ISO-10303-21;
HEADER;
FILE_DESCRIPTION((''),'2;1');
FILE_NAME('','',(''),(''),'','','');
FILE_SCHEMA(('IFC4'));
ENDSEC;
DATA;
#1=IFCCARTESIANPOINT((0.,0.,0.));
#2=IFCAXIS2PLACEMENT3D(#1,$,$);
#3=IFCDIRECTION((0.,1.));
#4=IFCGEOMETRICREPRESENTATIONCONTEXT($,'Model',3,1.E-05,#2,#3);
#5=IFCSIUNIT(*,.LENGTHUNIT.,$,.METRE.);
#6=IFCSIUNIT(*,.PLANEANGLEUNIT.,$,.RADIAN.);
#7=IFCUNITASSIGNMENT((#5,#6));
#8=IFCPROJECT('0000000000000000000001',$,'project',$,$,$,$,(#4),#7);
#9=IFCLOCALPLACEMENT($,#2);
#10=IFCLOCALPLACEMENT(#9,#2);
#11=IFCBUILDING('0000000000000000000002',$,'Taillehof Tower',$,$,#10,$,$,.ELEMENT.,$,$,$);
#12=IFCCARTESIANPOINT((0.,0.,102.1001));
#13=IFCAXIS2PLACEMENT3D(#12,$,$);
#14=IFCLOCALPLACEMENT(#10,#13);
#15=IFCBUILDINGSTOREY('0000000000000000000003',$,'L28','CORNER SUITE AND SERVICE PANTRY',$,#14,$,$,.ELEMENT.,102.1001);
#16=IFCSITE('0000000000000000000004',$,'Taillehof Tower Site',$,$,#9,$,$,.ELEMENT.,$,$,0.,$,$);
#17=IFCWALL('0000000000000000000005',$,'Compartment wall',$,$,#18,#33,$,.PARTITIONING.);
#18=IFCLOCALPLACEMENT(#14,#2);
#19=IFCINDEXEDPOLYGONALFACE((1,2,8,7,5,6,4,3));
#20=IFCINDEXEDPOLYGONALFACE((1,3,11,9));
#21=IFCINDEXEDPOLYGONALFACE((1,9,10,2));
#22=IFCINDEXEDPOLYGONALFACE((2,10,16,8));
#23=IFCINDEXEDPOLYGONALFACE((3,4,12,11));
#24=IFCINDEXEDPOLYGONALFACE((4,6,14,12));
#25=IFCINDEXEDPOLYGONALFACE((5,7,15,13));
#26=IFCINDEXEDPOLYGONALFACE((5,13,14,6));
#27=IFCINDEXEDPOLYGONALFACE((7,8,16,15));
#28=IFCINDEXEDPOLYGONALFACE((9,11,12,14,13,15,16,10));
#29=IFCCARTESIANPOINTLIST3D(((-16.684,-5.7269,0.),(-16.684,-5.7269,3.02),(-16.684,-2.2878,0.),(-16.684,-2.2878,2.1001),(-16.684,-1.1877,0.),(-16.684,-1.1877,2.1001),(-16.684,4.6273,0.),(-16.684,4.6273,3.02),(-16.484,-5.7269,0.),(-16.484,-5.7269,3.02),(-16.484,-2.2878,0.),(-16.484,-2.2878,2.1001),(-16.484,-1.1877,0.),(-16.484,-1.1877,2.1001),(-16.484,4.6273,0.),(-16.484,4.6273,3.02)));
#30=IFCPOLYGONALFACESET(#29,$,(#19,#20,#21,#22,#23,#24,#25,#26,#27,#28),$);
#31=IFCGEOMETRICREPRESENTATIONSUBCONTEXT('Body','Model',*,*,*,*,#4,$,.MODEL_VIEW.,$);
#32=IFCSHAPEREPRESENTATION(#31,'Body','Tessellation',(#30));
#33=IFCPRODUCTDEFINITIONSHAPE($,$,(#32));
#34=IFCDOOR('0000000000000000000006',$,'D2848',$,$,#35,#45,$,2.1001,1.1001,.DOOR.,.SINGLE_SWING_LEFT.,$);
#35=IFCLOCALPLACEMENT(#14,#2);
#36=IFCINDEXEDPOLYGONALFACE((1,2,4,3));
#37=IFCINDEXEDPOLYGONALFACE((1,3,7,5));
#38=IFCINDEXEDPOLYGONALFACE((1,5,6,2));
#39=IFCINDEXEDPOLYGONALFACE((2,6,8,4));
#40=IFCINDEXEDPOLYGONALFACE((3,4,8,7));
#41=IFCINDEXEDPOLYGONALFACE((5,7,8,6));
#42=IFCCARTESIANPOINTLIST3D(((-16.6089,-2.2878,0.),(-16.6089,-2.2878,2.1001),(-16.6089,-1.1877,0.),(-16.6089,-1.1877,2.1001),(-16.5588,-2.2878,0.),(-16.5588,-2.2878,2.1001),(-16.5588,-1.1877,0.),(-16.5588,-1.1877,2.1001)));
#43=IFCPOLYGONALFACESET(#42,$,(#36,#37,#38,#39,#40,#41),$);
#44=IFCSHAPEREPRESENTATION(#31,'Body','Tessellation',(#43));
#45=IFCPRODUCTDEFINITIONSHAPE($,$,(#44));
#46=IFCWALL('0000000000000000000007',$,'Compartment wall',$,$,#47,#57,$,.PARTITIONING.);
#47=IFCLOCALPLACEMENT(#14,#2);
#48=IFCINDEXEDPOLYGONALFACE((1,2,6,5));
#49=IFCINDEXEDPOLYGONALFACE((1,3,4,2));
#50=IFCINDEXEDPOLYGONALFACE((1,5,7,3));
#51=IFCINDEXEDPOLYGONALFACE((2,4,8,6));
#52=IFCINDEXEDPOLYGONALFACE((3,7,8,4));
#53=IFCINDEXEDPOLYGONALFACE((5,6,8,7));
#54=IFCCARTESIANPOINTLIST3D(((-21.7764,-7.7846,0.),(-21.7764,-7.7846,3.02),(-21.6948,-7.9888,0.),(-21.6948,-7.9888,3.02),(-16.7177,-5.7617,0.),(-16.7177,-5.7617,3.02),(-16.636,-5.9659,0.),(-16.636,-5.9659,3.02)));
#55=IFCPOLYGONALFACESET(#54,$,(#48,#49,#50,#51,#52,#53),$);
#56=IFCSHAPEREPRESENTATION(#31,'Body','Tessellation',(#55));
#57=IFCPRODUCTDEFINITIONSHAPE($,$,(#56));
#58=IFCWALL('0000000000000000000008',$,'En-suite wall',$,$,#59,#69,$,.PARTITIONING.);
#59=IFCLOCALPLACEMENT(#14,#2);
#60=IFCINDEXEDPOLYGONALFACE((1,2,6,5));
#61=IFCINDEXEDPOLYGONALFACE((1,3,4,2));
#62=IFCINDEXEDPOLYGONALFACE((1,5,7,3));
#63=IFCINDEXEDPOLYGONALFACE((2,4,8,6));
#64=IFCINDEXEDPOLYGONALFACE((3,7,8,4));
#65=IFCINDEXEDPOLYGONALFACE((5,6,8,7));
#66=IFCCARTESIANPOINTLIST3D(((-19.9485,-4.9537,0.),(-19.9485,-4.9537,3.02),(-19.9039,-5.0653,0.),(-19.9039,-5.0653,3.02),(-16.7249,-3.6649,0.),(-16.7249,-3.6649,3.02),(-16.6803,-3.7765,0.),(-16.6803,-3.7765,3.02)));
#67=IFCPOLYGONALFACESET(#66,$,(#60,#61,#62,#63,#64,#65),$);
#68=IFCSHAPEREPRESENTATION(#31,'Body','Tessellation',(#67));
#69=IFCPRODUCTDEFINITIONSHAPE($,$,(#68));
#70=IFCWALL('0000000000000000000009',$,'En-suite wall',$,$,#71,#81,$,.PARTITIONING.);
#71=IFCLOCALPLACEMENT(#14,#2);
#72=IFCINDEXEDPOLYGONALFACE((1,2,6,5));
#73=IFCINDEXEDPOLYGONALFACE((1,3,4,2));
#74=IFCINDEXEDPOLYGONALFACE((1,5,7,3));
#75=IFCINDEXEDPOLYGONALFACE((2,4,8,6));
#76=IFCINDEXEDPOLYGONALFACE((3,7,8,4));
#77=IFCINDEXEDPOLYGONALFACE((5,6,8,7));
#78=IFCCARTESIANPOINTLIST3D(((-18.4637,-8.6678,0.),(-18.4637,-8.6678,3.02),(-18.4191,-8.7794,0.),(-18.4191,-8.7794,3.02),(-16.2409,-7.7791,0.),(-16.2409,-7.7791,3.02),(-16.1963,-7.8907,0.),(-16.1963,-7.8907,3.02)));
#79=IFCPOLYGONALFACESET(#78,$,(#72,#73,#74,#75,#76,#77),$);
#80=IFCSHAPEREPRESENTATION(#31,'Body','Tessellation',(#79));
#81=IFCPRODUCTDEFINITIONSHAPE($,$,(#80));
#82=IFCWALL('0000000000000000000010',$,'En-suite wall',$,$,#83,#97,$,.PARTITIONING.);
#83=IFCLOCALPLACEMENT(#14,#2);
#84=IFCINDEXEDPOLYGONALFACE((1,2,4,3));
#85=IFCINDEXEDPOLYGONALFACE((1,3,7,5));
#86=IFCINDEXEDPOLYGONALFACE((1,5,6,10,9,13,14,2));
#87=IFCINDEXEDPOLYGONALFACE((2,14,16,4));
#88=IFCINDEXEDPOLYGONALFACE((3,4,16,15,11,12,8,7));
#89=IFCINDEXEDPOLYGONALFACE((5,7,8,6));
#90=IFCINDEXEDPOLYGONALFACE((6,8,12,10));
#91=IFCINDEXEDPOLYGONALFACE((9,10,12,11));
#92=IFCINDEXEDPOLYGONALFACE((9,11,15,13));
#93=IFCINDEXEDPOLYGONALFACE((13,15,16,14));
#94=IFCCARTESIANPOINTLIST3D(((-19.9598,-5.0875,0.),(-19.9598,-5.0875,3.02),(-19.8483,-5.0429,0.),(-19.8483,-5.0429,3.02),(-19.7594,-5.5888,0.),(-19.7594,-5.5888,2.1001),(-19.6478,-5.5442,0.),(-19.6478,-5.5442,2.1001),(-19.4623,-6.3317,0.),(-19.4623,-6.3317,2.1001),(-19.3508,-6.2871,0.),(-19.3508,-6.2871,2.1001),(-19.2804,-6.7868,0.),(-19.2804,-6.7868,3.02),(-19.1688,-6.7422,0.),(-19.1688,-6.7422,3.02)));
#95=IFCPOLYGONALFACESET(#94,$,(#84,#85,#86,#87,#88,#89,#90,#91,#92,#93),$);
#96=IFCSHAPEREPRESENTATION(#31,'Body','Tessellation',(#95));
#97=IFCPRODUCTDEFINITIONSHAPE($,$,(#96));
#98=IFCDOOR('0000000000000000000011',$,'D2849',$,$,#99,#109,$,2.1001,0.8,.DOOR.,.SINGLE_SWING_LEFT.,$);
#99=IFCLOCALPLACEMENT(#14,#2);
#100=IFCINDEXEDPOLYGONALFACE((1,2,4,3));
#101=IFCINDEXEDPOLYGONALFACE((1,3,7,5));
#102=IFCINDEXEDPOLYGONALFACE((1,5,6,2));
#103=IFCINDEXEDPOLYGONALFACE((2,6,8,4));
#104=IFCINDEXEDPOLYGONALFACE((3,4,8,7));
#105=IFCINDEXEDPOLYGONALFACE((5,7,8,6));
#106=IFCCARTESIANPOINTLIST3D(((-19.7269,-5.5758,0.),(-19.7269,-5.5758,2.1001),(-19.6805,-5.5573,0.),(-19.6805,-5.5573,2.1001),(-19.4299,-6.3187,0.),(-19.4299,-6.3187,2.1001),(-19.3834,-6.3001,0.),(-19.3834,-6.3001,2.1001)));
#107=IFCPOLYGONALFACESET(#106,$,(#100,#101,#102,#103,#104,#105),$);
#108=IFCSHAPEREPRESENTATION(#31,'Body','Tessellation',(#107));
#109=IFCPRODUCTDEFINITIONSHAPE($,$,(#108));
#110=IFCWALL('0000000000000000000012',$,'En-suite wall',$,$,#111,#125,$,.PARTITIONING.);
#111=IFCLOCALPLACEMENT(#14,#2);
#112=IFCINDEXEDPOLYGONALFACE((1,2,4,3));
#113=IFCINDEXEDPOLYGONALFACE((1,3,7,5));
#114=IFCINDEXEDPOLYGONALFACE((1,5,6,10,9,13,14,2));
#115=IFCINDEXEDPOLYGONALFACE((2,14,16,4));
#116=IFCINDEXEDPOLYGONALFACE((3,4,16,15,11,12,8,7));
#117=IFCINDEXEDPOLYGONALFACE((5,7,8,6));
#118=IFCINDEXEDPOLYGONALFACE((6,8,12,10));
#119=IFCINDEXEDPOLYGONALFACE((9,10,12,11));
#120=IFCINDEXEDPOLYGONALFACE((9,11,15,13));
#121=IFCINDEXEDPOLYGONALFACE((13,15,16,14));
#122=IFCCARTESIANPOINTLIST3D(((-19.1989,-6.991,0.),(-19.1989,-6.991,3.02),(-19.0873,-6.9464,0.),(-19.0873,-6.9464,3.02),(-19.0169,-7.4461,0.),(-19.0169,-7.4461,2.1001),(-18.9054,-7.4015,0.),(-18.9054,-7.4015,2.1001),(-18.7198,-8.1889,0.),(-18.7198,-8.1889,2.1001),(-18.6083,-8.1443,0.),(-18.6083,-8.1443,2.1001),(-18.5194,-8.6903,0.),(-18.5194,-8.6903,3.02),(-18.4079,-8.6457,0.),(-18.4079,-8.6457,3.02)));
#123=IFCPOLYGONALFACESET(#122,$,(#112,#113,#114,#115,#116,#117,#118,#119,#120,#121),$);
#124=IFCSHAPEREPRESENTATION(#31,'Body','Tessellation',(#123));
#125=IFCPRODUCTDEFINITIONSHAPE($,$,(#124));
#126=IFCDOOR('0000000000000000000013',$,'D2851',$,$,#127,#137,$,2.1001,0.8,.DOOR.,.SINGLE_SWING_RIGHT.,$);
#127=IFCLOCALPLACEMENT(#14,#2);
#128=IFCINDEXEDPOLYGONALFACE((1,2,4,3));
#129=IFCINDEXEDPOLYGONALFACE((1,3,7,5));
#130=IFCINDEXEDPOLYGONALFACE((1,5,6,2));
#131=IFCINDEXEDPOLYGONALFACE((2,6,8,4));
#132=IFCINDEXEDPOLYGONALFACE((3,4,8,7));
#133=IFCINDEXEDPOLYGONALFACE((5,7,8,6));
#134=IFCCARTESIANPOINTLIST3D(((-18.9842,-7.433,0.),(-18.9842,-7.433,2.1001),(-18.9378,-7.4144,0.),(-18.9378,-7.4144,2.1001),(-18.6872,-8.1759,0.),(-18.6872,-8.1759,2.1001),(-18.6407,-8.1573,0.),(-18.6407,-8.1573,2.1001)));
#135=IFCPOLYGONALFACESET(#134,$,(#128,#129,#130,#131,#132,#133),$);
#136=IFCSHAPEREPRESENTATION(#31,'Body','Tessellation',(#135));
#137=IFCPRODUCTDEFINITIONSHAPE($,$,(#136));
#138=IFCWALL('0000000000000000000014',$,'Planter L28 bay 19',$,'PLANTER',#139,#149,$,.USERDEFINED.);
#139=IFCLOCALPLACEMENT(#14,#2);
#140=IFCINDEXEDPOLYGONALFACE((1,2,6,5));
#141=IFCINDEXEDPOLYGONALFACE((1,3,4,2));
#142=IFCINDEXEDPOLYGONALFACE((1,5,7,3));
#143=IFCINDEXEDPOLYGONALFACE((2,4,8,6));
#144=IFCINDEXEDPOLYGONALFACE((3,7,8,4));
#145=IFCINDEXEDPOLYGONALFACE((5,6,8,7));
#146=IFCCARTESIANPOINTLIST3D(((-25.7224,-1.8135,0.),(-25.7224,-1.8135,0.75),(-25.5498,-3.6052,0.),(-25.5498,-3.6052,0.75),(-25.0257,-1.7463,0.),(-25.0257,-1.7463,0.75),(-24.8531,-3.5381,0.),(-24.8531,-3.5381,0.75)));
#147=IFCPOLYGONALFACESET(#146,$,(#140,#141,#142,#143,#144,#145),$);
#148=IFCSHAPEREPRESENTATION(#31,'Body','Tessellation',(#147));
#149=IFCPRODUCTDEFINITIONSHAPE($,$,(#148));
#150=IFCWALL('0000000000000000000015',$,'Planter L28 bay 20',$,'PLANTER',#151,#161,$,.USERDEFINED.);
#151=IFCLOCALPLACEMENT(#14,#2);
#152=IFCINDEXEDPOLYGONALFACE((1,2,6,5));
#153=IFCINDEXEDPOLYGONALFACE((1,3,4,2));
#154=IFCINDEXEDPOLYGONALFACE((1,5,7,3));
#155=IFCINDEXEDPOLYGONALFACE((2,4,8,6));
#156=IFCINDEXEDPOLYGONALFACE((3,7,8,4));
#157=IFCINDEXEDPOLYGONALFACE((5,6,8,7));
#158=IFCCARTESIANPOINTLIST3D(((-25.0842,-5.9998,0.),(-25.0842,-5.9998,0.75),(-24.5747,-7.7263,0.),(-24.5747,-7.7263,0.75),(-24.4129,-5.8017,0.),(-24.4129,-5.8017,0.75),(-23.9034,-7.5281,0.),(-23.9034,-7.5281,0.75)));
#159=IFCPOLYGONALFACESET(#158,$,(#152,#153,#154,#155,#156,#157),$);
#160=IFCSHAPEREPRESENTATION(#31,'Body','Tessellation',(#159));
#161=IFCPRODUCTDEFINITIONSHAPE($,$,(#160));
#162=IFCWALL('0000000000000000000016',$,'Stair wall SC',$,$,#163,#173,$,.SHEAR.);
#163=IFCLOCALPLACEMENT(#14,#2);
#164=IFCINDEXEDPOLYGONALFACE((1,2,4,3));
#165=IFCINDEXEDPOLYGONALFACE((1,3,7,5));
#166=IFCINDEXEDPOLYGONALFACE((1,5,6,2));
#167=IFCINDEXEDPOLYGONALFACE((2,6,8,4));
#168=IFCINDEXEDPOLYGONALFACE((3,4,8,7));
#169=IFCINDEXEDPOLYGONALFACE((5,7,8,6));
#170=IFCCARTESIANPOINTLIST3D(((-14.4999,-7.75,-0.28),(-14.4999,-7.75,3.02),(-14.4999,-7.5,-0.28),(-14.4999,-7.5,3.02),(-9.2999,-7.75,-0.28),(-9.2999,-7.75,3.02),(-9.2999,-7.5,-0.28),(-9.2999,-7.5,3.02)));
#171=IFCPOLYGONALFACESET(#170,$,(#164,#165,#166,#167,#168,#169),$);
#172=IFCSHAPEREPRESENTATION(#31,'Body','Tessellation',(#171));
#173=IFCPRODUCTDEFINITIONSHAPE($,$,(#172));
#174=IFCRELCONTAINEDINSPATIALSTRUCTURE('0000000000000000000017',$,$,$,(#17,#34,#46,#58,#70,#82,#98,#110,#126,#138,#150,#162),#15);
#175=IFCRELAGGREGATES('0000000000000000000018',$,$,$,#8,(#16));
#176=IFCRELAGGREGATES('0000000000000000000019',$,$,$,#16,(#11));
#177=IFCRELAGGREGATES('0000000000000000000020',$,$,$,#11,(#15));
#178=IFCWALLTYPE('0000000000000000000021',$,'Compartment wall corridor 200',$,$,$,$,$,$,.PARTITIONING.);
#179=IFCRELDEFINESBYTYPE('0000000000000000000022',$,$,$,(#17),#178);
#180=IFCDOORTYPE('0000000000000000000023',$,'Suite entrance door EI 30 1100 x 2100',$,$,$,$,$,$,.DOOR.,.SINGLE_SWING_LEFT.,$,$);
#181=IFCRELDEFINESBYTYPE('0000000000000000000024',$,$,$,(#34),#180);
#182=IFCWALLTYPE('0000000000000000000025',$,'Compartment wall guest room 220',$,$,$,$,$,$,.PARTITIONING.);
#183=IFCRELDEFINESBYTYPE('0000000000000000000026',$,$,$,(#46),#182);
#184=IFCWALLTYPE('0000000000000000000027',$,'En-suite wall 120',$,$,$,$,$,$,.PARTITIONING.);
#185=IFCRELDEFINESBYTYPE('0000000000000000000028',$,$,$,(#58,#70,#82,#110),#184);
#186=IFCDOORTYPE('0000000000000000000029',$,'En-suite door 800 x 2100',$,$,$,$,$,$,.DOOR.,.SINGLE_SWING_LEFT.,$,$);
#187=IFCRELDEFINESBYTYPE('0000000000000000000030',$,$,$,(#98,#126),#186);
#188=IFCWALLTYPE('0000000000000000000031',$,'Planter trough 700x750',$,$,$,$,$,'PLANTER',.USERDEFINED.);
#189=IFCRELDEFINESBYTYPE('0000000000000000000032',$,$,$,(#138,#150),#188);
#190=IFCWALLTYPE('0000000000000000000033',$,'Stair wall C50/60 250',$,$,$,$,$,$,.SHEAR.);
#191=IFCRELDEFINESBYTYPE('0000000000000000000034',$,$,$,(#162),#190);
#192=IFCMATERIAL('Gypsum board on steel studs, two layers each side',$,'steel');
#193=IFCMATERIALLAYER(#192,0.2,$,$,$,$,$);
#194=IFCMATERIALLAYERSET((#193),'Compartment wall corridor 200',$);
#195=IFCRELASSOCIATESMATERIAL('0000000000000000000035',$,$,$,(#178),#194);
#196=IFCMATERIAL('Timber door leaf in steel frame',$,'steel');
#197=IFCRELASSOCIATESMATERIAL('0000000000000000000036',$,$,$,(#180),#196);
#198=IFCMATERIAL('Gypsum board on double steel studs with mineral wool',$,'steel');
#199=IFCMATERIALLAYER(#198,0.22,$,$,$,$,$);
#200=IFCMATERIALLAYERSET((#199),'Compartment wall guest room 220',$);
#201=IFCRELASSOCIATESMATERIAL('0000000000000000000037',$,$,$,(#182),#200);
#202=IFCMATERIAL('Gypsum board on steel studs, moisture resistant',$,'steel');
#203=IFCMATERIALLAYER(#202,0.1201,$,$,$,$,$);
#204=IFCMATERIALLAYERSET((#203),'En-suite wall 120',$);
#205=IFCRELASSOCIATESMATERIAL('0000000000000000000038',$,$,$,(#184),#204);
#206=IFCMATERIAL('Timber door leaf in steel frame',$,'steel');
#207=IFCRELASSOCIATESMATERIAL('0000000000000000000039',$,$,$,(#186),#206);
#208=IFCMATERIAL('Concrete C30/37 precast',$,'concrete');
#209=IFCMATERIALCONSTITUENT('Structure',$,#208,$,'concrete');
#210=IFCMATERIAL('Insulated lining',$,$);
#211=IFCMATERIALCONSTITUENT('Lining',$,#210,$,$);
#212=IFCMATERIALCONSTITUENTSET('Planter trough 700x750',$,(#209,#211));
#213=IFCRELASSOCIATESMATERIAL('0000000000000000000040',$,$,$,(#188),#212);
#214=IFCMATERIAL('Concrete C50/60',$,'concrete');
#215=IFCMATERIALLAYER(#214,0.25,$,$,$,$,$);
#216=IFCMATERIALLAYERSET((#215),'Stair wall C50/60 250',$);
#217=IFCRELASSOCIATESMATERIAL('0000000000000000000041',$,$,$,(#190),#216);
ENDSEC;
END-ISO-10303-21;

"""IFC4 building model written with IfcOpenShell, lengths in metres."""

from ifc_helpers import new_model, si_unit, direction, frame, frame_2d, origin, place, context, subcontext, project, spatial, rectangle, extrude, material, layer, layer_set, constituent, constituent_set, type_object, element, fill, save


model = new_model("IFC4")

# Units and contexts
model_context = context("Model", 3, precision=1e-05, world=origin(), true_north=direction((0.0, 1.0)))
body_context = subcontext(model_context, "Body", "Model", "MODEL_VIEW")
ifc_project = project(units=[si_unit("LENGTHUNIT", "METRE"), si_unit("PLANEANGLEUNIT", "RADIAN")], contexts=[model_context])

# Site, building, storey
site_placement = place(None, origin())
site = spatial("IfcSite", under=ifc_project, at=site_placement, Name="Taillehof Tower Site", CompositionType="ELEMENT", RefElevation=0.0)
building_placement = place(site_placement, origin())
building = spatial("IfcBuilding", under=site, at=building_placement, Name="Taillehof Tower", CompositionType="ELEMENT")
storey_placement = place(building_placement, frame((0.0, 0.0, 102.1001)))
storey = spatial("IfcBuildingStorey", under=building, at=storey_placement, Name="L28", Description="CORNER SUITE AND SERVICE PANTRY", CompositionType="ELEMENT", Elevation=102.1001)

# Shared definitions
ifc_material_1 = material(Name="Gypsum board on steel studs, two layers each side", Category="steel")
ifc_layer_1 = layer(ifc_material_1, 0.2)
ifc_layer_set_1 = layer_set([ifc_layer_1], Name="Compartment wall corridor 200")
wall_type_1 = type_object("IfcWallType", Name="Compartment wall corridor 200", PredefinedType="PARTITIONING", material=ifc_layer_set_1)

# Wall, opening, door
wall_1_placement = place(storey_placement, frame((-16.584, -5.7271, 0.0), z_axis=(0.0, 0.0, 1.0), x_axis=(0.0, 1.0, 0.0)))
wall_1 = element("IfcWall", 1, at=wall_1_placement, inside=storey, type_object=wall_type_1, Name="Compartment wall", PredefinedType="PARTITIONING", context=body_context, shape_type="SweptSolid", body=[
    extrude(rectangle(XDim=10.3542, YDim=0.2, at=frame_2d((5.1772, 0.0))), origin(), (0.0, 0.0, 1.0), 3.02),
])
opening_1_placement = place(wall_1_placement, frame((3.4392, 0.0, 0.0)))
opening_1 = element("IfcOpeningElement", 2, at=opening_1_placement, cuts=wall_1, PredefinedType="OPENING", context=body_context, shape_type="SweptSolid", body=[
    extrude(rectangle(XDim=1.1001, YDim=2.1001, at=frame_2d((0.55, 1.05))), frame((0.0, 0.1099, 0.0), z_axis=(0.0, -1.0, 0.0), x_axis=(1.0, 0.0, 0.0)), (0.0, 0.0, 1.0), 0.22),
])
ifc_material_2 = material(Name="Timber door leaf in steel frame", Category="steel")
door_type_1 = type_object("IfcDoorType", Name="Suite entrance door EI 30 1100 x 2100", OperationType="SINGLE_SWING_LEFT", PredefinedType="DOOR", material=ifc_material_2)
door_1_placement = place(opening_1_placement, origin())
door_1 = element("IfcDoor", 3, at=door_1_placement, inside=storey, type_object=door_type_1, Name="D2848", OperationType="SINGLE_SWING_LEFT", OverallHeight=2.1001, OverallWidth=1.1001, PredefinedType="DOOR", context=body_context, shape_type="SweptSolid", body=[
    extrude(rectangle(XDim=1.1001, YDim=2.1001, at=frame_2d((0.55, 1.05))), frame((0.0, 0.0249, 0.0), z_axis=(0.0, -1.0, 0.0), x_axis=(1.0, 0.0, 0.0)), (0.0, 0.0, 1.0), 0.05),
])
fill(opening_1, door_1)

# Walls
ifc_material_3 = material(Name="Gypsum board on double steel studs with mineral wool", Category="steel")
ifc_layer_2 = layer(ifc_material_3, 0.22)
ifc_layer_set_2 = layer_set([ifc_layer_2], Name="Compartment wall guest room 220")
wall_type_2 = type_object("IfcWallType", Name="Compartment wall guest room 220", PredefinedType="PARTITIONING", material=ifc_layer_set_2)
wall_2_placement = place(storey_placement, frame((-21.7356, -7.8867, 0.0), z_axis=(0.0, 0.0, 1.0), x_axis=(0.928514, 0.371298, 0.0)))
element("IfcWall", 4, at=wall_2_placement, inside=storey, type_object=wall_type_2, Name="Compartment wall", PredefinedType="PARTITIONING", context=body_context, shape_type="SweptSolid", body=[
    extrude(rectangle(XDim=5.4482, YDim=0.22, at=frame_2d((2.7241, 0.0))), origin(), (0.0, 0.0, 1.0), 3.02),
])
ifc_material_4 = material(Name="Gypsum board on steel studs, moisture resistant", Category="steel")
ifc_layer_3 = layer(ifc_material_4, 0.1201)
ifc_layer_set_3 = layer_set([ifc_layer_3], Name="En-suite wall 120")
wall_type_3 = type_object("IfcWallType", Name="En-suite wall 120", PredefinedType="PARTITIONING", material=ifc_layer_set_3)
wall_3_placement = place(storey_placement, frame((-16.7026, -3.7207, 0.0), z_axis=(0.0, 0.0, 1.0), x_axis=(-0.92854, -0.371233, 0.0)))
element("IfcWall", 5, at=wall_3_placement, inside=storey, type_object=wall_type_3, Name="En-suite wall", PredefinedType="PARTITIONING", context=body_context, shape_type="SweptSolid", body=[
    extrude(rectangle(XDim=3.4717, YDim=0.1201, at=frame_2d((1.7358, 0.0))), origin(), (0.0, 0.0, 1.0), 3.02),
])
wall_4_placement = place(storey_placement, frame((-16.2188, -7.835, 0.0), z_axis=(0.0, 0.0, 1.0), x_axis=(-0.928533, -0.37125, 0.0)))
element("IfcWall", 6, at=wall_4_placement, inside=storey, type_object=wall_type_3, Name="En-suite wall", PredefinedType="PARTITIONING", context=body_context, shape_type="SweptSolid", body=[
    extrude(rectangle(XDim=2.3938, YDim=0.1201, at=frame_2d((1.1968, 0.0))), origin(), (0.0, 0.0, 1.0), 3.02),
])

# Walls, openings, doors
wall_5_placement = place(storey_placement, frame((-19.9041, -5.0652, 0.0), z_axis=(0.0, 0.0, 1.0), x_axis=(0.371276, -0.928523, 0.0)))
wall_5 = element("IfcWall", 7, at=wall_5_placement, inside=storey, type_object=wall_type_3, Name="En-suite wall", PredefinedType="PARTITIONING", context=body_context, shape_type="SweptSolid", body=[
    extrude(rectangle(XDim=1.8301, YDim=0.1201, at=frame_2d((0.915, 0.0))), origin(), (0.0, 0.0, 1.0), 3.02),
])
opening_2_placement = place(wall_5_placement, frame((0.54, 0.0, 0.0)))
opening_2 = element("IfcOpeningElement", 8, at=opening_2_placement, cuts=wall_5, PredefinedType="OPENING", context=body_context, shape_type="SweptSolid", body=[
    extrude(rectangle(XDim=0.8, YDim=2.1001, at=frame_2d((0.3999, 1.05))), frame((0.0, 0.0701, 0.0), z_axis=(0.0, -1.0, 0.0), x_axis=(1.0, 0.0, 0.0)), (0.0, 0.0, 1.0), 0.1401),
])
ifc_material_5 = material(Name="Timber door leaf in steel frame", Category="steel")
door_type_2 = type_object("IfcDoorType", Name="En-suite door 800 x 2100", OperationType="SINGLE_SWING_LEFT", PredefinedType="DOOR", material=ifc_material_5)
door_2_placement = place(opening_2_placement, origin())
door_2 = element("IfcDoor", 9, at=door_2_placement, inside=storey, type_object=door_type_2, Name="D2849", OperationType="SINGLE_SWING_LEFT", OverallHeight=2.1001, OverallWidth=0.8, PredefinedType="DOOR", context=body_context, shape_type="SweptSolid", body=[
    extrude(rectangle(XDim=0.8, YDim=2.1001, at=frame_2d((0.3999, 1.05))), frame((0.0, 0.0249, 0.0), z_axis=(0.0, -1.0, 0.0), x_axis=(1.0, 0.0, 0.0)), (0.0, 0.0, 1.0), 0.05),
])
fill(opening_2, door_2)
wall_6_placement = place(storey_placement, frame((-18.4636, -8.668, 0.0), z_axis=(0.0, 0.0, 1.0), x_axis=(-0.371276, 0.928523, 0.0)))
wall_6 = element("IfcWall", 10, at=wall_6_placement, inside=storey, type_object=wall_type_3, Name="En-suite wall", PredefinedType="PARTITIONING", context=body_context, shape_type="SweptSolid", body=[
    extrude(rectangle(XDim=1.8301, YDim=0.1201, at=frame_2d((0.915, 0.0))), origin(), (0.0, 0.0, 1.0), 3.02),
])
opening_3_placement = place(wall_6_placement, frame((0.54, 0.0, 0.0)))
opening_3 = element("IfcOpeningElement", 11, at=opening_3_placement, cuts=wall_6, PredefinedType="OPENING", context=body_context, shape_type="SweptSolid", body=[
    extrude(rectangle(XDim=0.8, YDim=2.1001, at=frame_2d((0.3999, 1.05))), frame((0.0, 0.0701, 0.0), z_axis=(0.0, -1.0, 0.0), x_axis=(1.0, 0.0, 0.0)), (0.0, 0.0, 1.0), 0.1401),
])
door_3_placement = place(opening_3_placement, origin())
door_3 = element("IfcDoor", 12, at=door_3_placement, inside=storey, type_object=door_type_2, Name="D2851", OperationType="SINGLE_SWING_RIGHT", OverallHeight=2.1001, OverallWidth=0.8, PredefinedType="DOOR", context=body_context, shape_type="SweptSolid", body=[
    extrude(rectangle(XDim=0.8, YDim=2.1001, at=frame_2d((0.3999, 1.05))), frame((0.0, 0.0249, 0.0), z_axis=(0.0, -1.0, 0.0), x_axis=(1.0, 0.0, 0.0)), (0.0, 0.0, 1.0), 0.05),
])
fill(opening_3, door_3)

# Walls
ifc_material_6 = material(Name="Concrete C30/37 precast", Category="concrete")
ifc_constituent_1 = constituent(ifc_material_6, Name="Structure", Category="concrete")
ifc_material_7 = material(Name="Insulated lining")
ifc_constituent_2 = constituent(ifc_material_7, Name="Lining")
ifc_constituent_set = constituent_set(constituents=[ifc_constituent_1, ifc_constituent_2], Name="Planter trough 700x750")
wall_type_4 = type_object("IfcWallType", Name="Planter trough 700x750", ElementType="PLANTER", PredefinedType="USERDEFINED", material=ifc_constituent_set)
for number, where, z_axis, x_axis, name in (
    (13, (-25.374, -1.78, 0.0), (0.0, 0.0, 1.0), (0.095891, -0.995392, 0.0), "Planter L28 bay 19"),
    (14, (-24.7485, -5.9009, 0.0), (0.0, 0.0, 1.0), (0.283077, -0.959097, 0.0), "Planter L28 bay 20"),
):
    element("IfcWall", number, at=place(storey_placement, frame(where, z_axis=z_axis, x_axis=x_axis)), inside=storey, type_object=wall_type_4, Name=name, ObjectType="PLANTER", PredefinedType="USERDEFINED", context=body_context, shape_type="SweptSolid", body=[
        extrude(rectangle(XDim=1.8, YDim=0.7, at=frame_2d((0.8999, 0.0))), origin(), (0.0, 0.0, 1.0), 0.75),
    ])
ifc_material_8 = material(Name="Concrete C50/60", Category="concrete")
ifc_layer_4 = layer(ifc_material_8, 0.25)
ifc_layer_set_4 = layer_set([ifc_layer_4], Name="Stair wall C50/60 250")
wall_type_5 = type_object("IfcWallType", Name="Stair wall C50/60 250", PredefinedType="SHEAR", material=ifc_layer_set_4)
wall_7_placement = place(storey_placement, frame((-14.5, -7.625, -0.28), z_axis=(0.0, 0.0, 1.0), x_axis=(1.0, 0.0, 0.0)))
element("IfcWall", 15, at=wall_7_placement, inside=storey, type_object=wall_type_5, Name="Stair wall SC", PredefinedType="SHEAR", context=body_context, shape_type="SweptSolid", body=[
    extrude(rectangle(XDim=5.2, YDim=0.25, at=frame_2d((2.6001, 0.0))), origin(), (0.0, 0.0, 1.0), 3.3),
])

save(model, "model.ifc")
